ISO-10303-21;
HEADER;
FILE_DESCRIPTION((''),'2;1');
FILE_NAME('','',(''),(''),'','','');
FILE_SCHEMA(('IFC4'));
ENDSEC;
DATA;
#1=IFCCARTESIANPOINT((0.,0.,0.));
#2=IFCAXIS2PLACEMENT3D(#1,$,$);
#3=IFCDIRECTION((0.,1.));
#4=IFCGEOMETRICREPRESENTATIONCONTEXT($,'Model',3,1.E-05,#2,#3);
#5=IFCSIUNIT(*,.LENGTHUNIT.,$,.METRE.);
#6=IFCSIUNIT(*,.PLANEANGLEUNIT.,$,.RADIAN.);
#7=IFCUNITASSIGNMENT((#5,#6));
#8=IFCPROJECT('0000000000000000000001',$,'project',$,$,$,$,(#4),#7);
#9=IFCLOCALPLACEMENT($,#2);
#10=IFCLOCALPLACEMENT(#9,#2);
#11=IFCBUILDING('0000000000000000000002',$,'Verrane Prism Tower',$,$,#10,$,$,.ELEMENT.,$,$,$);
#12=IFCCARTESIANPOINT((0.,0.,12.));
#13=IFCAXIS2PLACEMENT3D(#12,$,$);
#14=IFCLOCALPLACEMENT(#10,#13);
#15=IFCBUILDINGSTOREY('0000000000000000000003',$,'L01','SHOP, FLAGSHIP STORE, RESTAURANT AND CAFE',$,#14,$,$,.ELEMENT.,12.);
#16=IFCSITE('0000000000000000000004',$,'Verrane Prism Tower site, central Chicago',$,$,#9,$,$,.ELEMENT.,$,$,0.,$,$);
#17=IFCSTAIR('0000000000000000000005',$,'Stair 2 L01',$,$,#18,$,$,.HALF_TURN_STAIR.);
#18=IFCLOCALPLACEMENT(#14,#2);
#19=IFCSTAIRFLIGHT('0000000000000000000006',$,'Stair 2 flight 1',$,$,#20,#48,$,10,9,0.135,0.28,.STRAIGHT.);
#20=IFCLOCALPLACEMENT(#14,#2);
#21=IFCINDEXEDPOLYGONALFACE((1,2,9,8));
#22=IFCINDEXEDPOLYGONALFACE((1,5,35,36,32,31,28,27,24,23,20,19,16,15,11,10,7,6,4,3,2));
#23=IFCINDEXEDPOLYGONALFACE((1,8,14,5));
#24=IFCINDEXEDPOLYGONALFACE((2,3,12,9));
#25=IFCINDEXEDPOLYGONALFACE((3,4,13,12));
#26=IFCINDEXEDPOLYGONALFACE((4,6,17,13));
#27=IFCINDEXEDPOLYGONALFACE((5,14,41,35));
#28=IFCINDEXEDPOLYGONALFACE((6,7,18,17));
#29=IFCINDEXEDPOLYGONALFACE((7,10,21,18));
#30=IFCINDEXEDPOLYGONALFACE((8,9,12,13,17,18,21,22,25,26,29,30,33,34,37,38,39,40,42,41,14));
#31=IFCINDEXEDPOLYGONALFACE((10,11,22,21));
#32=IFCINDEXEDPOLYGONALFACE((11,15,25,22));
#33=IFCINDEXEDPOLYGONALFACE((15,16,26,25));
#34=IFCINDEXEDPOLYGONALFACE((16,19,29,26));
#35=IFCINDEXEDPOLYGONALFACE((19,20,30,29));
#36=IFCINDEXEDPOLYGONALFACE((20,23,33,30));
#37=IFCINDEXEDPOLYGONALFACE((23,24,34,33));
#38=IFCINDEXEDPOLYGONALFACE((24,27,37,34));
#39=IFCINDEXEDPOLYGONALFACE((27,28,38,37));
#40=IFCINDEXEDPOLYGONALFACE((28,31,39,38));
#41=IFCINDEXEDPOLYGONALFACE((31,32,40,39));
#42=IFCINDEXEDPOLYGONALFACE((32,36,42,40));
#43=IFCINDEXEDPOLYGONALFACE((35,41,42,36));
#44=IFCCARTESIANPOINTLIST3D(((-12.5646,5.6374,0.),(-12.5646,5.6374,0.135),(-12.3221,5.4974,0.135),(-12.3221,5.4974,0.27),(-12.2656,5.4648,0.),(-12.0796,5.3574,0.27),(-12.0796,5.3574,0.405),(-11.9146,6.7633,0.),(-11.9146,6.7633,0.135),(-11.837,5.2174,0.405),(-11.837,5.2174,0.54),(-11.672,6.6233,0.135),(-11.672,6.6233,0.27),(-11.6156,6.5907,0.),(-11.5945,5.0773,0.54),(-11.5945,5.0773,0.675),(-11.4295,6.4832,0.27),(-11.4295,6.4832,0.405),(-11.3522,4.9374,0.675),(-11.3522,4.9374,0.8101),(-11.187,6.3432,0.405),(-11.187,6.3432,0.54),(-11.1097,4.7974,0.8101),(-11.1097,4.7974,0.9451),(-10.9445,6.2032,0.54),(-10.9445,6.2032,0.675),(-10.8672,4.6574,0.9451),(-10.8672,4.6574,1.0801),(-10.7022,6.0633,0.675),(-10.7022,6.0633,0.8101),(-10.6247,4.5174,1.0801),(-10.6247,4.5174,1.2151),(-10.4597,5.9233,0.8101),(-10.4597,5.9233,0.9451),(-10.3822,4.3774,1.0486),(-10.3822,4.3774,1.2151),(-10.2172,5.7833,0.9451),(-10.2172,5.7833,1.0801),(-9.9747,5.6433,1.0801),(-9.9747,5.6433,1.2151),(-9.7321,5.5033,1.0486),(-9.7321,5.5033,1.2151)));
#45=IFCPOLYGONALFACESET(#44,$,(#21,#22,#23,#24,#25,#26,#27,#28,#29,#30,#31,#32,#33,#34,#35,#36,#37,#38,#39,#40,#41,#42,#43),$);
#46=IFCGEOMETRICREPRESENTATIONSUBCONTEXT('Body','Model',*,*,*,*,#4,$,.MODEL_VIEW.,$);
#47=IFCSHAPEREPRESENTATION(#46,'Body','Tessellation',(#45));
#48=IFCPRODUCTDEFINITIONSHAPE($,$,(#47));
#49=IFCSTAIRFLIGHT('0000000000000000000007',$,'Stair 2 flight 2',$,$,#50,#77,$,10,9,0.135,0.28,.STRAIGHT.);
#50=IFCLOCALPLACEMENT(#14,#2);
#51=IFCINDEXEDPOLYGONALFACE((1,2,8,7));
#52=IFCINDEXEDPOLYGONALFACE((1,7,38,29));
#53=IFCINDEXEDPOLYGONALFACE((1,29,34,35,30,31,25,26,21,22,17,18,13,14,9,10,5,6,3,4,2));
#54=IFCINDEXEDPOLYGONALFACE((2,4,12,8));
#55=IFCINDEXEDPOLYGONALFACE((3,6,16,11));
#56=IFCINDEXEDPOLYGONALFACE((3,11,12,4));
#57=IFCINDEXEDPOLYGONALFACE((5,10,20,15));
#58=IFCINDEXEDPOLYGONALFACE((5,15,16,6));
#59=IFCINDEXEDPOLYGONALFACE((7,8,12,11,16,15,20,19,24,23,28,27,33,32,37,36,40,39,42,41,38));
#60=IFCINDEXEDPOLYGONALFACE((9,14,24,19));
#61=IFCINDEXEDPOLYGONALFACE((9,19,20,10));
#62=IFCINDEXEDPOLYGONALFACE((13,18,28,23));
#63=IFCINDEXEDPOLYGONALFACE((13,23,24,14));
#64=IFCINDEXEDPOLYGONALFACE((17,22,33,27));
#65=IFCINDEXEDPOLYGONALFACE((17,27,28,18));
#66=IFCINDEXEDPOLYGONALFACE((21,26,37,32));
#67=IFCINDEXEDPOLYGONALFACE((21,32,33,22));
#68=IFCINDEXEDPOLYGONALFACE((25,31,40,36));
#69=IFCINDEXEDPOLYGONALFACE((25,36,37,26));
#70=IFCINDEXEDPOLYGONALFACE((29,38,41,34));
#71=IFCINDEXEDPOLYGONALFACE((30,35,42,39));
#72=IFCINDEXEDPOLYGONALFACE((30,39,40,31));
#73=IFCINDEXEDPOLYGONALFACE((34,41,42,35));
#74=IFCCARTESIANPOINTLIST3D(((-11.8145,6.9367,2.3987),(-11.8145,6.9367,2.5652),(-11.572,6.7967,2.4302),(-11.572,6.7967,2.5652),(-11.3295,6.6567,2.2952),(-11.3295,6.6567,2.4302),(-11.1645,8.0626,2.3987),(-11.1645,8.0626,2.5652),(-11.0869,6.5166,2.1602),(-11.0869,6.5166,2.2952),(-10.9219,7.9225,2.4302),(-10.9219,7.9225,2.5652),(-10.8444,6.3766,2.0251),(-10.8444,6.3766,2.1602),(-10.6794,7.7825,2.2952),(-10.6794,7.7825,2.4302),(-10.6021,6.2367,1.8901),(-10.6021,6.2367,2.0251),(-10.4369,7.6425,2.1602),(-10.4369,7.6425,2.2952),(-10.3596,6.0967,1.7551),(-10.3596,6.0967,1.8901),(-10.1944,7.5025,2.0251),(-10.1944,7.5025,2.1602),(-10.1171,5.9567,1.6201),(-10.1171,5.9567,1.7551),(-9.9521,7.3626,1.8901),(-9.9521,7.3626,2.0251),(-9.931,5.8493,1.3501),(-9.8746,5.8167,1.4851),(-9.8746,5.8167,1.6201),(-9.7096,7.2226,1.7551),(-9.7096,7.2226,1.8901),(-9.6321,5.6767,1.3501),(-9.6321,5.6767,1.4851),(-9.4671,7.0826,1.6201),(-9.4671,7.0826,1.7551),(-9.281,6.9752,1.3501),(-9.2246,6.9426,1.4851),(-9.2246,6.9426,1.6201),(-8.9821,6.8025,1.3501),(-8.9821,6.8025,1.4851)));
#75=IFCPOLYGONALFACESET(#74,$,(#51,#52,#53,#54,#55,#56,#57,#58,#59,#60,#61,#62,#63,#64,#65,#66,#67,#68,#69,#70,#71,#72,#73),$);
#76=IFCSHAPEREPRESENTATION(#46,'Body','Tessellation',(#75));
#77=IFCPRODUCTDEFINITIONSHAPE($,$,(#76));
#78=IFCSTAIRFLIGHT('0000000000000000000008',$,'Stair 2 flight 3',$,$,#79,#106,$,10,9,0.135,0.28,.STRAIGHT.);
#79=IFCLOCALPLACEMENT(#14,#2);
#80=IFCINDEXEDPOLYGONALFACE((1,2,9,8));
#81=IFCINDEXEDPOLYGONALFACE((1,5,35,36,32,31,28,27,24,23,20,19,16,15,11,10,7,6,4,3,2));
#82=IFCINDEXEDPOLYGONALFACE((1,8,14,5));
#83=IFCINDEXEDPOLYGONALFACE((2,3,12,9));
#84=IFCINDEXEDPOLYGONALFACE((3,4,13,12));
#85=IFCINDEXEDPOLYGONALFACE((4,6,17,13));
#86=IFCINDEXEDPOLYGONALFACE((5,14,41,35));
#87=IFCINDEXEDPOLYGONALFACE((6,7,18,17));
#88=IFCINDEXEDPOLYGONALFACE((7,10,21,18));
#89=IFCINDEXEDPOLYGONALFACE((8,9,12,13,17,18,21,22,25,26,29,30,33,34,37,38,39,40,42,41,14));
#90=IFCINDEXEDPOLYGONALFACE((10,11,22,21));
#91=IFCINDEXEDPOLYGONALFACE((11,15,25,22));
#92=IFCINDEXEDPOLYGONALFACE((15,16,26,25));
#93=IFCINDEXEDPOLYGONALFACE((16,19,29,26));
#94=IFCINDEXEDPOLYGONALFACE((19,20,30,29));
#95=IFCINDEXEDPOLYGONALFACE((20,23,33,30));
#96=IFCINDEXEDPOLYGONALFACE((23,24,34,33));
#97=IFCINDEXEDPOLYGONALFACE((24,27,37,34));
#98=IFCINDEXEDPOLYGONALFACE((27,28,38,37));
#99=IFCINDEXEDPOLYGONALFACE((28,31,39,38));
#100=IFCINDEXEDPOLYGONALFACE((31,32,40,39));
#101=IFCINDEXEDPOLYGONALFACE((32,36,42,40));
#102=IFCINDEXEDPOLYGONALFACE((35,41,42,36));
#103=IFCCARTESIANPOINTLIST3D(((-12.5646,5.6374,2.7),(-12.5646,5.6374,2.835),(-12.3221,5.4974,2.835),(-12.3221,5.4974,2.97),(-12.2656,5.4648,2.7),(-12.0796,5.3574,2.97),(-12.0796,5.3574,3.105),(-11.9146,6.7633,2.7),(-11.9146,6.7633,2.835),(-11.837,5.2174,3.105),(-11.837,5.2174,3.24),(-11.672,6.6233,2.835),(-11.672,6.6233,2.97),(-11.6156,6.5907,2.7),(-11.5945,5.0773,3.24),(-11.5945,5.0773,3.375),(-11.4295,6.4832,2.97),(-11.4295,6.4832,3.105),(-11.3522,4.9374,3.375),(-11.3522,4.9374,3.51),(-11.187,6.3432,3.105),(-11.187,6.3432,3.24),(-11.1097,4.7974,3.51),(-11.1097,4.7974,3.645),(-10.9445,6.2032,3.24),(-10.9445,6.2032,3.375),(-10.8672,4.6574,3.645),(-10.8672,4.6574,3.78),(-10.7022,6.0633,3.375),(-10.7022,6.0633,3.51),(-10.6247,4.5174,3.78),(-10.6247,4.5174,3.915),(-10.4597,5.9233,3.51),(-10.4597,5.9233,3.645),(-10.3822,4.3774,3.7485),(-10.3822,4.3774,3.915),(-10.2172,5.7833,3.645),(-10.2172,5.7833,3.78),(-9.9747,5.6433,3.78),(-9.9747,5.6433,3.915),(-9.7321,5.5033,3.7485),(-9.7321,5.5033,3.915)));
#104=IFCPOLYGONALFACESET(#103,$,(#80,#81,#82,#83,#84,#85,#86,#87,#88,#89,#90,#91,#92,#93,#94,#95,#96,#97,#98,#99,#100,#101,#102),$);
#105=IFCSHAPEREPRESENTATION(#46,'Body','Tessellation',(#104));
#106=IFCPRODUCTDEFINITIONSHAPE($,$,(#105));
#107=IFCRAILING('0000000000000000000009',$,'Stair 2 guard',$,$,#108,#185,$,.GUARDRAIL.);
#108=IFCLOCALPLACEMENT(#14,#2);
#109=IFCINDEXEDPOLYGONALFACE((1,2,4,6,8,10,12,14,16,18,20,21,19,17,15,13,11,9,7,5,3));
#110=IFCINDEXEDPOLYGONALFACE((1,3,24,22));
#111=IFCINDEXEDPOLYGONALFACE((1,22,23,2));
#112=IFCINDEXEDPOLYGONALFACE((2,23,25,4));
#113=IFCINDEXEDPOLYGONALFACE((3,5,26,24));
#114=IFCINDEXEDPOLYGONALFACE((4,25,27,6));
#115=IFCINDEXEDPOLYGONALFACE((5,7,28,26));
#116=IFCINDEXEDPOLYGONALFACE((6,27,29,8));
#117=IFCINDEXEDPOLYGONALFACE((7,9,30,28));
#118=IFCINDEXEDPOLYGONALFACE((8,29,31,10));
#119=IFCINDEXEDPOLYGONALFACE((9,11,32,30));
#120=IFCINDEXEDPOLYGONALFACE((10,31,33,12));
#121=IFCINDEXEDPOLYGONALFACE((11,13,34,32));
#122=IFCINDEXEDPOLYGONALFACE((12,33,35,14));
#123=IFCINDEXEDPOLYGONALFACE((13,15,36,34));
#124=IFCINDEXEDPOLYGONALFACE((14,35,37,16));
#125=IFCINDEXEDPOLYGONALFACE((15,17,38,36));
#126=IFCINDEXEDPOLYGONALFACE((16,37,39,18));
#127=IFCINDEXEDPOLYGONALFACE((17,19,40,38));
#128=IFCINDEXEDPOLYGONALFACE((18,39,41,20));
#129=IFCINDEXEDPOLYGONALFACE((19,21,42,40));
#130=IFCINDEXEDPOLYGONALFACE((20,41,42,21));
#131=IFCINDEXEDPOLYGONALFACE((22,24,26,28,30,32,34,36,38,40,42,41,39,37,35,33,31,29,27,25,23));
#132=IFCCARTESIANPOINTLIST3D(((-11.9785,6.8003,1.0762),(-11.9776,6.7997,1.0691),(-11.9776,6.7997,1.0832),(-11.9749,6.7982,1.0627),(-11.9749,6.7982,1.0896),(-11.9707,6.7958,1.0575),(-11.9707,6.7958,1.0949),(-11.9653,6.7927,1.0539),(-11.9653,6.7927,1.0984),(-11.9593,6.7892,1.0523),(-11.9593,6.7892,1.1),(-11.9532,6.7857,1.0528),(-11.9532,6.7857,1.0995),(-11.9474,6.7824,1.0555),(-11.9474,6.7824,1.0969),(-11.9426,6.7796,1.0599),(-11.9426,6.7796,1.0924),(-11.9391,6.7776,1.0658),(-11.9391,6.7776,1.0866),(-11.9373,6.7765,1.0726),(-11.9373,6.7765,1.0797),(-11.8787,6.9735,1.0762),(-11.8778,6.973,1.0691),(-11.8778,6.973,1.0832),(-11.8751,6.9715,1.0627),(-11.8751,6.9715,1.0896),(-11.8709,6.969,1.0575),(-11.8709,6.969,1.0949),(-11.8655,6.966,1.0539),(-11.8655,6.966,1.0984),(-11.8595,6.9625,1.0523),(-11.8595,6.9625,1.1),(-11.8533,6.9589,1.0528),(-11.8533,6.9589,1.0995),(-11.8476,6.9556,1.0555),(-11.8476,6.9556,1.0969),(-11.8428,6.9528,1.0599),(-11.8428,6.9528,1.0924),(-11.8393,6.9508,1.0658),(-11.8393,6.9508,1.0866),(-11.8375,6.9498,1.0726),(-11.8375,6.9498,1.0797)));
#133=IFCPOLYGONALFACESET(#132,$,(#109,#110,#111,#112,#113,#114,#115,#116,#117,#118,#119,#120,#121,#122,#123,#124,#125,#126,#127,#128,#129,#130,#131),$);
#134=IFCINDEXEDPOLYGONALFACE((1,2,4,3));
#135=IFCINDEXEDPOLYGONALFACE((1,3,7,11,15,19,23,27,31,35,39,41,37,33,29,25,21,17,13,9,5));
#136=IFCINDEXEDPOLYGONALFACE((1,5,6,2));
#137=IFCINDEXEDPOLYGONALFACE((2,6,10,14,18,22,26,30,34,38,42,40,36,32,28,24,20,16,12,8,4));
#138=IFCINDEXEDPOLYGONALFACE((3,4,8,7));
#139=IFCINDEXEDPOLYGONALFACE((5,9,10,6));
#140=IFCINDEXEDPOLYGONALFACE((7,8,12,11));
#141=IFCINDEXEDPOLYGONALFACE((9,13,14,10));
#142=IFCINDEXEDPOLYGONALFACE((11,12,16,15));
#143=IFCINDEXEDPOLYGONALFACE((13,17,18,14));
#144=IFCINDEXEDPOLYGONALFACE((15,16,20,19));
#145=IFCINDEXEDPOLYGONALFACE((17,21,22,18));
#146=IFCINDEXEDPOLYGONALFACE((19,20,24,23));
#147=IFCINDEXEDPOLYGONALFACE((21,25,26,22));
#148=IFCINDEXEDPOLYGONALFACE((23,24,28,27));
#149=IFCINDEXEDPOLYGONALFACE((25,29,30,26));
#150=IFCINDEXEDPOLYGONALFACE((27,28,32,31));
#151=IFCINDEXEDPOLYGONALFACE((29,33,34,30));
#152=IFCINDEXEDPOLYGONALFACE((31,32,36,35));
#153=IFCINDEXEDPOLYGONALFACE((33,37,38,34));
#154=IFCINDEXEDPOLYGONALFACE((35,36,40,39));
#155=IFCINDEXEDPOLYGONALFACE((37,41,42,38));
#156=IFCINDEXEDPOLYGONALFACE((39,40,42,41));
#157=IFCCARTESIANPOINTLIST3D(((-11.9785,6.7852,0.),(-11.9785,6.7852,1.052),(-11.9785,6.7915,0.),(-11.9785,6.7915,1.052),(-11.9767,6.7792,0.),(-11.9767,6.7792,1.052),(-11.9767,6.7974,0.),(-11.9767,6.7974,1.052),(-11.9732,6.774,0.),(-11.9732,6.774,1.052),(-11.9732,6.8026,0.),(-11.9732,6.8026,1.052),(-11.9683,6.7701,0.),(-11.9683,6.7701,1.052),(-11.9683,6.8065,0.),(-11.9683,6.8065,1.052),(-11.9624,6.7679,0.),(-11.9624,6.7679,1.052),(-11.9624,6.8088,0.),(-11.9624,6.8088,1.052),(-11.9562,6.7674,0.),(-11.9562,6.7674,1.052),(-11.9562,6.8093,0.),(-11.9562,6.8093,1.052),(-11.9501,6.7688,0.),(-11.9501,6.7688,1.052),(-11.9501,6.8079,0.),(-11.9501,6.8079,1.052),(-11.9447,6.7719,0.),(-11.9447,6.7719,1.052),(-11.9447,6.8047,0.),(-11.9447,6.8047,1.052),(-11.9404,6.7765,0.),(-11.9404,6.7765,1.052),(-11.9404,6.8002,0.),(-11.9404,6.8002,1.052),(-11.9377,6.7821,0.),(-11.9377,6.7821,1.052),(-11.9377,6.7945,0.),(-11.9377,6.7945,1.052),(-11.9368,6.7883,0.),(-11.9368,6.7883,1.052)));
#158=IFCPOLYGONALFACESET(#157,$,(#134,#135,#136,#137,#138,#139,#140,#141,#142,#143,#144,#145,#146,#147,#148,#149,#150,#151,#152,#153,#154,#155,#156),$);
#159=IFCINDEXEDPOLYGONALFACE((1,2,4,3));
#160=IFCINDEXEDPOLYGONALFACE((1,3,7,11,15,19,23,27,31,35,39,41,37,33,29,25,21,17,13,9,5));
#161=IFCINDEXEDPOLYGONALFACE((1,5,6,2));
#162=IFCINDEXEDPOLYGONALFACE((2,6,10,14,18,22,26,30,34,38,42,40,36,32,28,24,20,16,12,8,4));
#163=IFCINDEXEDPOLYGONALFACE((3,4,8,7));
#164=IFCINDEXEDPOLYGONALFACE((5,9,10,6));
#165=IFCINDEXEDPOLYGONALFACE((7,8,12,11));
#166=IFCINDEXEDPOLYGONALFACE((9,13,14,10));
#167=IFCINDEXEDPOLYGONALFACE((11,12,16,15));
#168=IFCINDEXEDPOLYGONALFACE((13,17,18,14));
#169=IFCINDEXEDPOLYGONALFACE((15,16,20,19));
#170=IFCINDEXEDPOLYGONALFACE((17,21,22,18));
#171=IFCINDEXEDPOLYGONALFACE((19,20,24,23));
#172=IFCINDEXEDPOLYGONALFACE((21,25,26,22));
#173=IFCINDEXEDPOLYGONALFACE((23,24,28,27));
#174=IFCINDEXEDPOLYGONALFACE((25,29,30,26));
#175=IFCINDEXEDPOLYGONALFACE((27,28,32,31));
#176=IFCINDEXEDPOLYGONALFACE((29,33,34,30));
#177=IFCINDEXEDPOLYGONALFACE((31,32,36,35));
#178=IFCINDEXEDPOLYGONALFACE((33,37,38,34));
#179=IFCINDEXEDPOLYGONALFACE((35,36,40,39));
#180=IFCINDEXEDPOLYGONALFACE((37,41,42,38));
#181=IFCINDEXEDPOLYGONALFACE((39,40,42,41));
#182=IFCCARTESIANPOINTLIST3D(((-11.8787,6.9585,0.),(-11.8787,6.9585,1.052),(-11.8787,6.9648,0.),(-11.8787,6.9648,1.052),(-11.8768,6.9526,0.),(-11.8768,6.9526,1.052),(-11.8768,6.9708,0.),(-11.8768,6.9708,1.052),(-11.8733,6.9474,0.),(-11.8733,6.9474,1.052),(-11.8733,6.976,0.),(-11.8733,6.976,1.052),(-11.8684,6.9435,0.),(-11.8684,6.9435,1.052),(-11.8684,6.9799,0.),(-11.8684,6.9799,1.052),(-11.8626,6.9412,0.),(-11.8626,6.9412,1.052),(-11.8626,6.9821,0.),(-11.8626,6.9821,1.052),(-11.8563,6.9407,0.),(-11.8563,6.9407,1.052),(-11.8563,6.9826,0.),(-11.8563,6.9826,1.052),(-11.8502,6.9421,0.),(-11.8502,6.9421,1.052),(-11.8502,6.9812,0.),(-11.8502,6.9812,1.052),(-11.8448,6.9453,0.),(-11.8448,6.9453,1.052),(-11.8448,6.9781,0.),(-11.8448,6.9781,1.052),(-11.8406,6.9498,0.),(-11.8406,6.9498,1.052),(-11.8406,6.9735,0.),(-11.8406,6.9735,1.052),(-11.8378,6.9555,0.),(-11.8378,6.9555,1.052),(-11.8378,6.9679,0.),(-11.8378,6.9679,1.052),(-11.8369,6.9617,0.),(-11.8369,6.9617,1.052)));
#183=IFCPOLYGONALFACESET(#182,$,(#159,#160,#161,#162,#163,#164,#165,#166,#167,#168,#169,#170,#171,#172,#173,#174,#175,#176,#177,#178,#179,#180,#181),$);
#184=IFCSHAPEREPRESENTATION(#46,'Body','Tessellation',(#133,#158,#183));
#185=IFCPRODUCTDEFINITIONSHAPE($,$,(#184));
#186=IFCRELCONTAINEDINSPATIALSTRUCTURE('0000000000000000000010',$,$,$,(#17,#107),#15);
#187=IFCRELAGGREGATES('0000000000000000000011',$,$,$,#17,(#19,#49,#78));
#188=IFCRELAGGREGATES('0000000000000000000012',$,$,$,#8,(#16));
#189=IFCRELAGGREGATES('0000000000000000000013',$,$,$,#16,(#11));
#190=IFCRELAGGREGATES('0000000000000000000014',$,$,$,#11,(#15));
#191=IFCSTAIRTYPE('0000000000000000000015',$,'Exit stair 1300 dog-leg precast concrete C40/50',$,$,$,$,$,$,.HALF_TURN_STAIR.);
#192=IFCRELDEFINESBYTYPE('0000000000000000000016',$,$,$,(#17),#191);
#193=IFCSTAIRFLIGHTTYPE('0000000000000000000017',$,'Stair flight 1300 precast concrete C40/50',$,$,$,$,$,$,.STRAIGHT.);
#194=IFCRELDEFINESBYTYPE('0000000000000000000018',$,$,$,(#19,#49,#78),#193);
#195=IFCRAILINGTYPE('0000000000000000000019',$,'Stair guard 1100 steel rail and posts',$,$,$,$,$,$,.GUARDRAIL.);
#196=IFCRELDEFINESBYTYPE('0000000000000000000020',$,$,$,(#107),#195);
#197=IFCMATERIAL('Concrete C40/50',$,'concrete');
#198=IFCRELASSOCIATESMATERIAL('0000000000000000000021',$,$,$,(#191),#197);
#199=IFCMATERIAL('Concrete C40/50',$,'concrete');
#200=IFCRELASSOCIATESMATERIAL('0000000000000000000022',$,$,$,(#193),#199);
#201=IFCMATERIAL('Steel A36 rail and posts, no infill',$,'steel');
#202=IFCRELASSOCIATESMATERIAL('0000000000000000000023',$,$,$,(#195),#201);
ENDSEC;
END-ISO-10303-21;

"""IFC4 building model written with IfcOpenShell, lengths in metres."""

from ifc_helpers import new_model, si_unit, direction, frame, origin, origin_2d, place, context, subcontext, project, spatial, polyline, circle, outline, extrude, material, type_object, element, aggregate, save


model = new_model("IFC4")

# Units and contexts
model_context = context("Model", 3, precision=1e-05, world=origin(), true_north=direction((0.0, 1.0)))
body_context = subcontext(model_context, "Body", "Model", "MODEL_VIEW")
ifc_project = project(units=[si_unit("LENGTHUNIT", "METRE"), si_unit("PLANEANGLEUNIT", "RADIAN")], contexts=[model_context])

# Site, building, storey
site_placement = place(None, origin())
site = spatial("IfcSite", under=ifc_project, at=site_placement, Name="Verrane Prism Tower site, central Chicago", CompositionType="ELEMENT", RefElevation=0.0)
building_placement = place(site_placement, origin())
building = spatial("IfcBuilding", under=site, at=building_placement, Name="Verrane Prism Tower", CompositionType="ELEMENT")
storey_placement = place(building_placement, frame((0.0, 0.0, 12.0)))
storey = spatial("IfcBuildingStorey", under=building, at=storey_placement, Name="L01", Description="SHOP, FLAGSHIP STORE, RESTAURANT AND CAFE", CompositionType="ELEMENT", Elevation=12.0)

# Stair, stair flights
ifc_material_1 = material(Name="Concrete C40/50", Category="concrete")
stair_type = type_object("IfcStairType", Name="Exit stair 1300 dog-leg precast concrete C40/50", PredefinedType="HALF_TURN_STAIR", material=ifc_material_1)
stair_placement = place(storey_placement, origin())
stair = element("IfcStair", 1, at=stair_placement, inside=storey, type_object=stair_type, Name="Stair 2 L01", PredefinedType="HALF_TURN_STAIR")
ifc_material_2 = material(Name="Concrete C40/50", Category="concrete")
stair_flight_type = type_object("IfcStairFlightType", Name="Stair flight 1300 precast concrete C40/50", PredefinedType="STRAIGHT", material=ifc_material_2)
stair_flight_1_placement = place(storey_placement, frame((-12.2395, 6.2004, 0.0), z_axis=(0.0, 0.0, 1.0), x_axis=(0.866025, -0.5, 0.0)))
stair_flight_1 = element("IfcStairFlight", 2, at=stair_flight_1_placement, type_object=stair_flight_type, Name="Stair 2 flight 1", NumberOfRisers=10, NumberOfTreads=9, PredefinedType="STRAIGHT", RiserHeight=0.135, TreadLength=0.28, context=body_context, shape_type="SweptSolid", body=[
    extrude(outline(polyline([(0.0, 0.0), (0.0, 0.135), (0.28, 0.135), (0.28, 0.27), (0.5601, 0.27), (0.5601, 0.405), (0.8401, 0.405), (0.8401, 0.54), (1.1201, 0.54), (1.1201, 0.675), (1.3999, 0.675), (1.3999, 0.8101), (1.6799, 0.8101), (1.6799, 0.9451), (1.96, 0.9451), (1.96, 1.0801), (2.24, 1.0801), (2.24, 1.2151), (2.52, 1.2151), (2.52, 1.3501), (2.52, 1.0486), (0.3452, 0.0), (0.0, 0.0)])), frame((0.0, 0.6499, 0.0), z_axis=(0.0, -1.0, 0.0), x_axis=(1.0, 0.0, 0.0)), (0.0, 0.0, 1.0), 1.3),
])
stair_flight_2_placement = place(storey_placement, frame((-9.3071, 6.2395, 1.3501), z_axis=(0.0, 0.0, 1.0), x_axis=(-0.866025, 0.5, 0.0)))
stair_flight_2 = element("IfcStairFlight", 3, at=stair_flight_2_placement, type_object=stair_flight_type, Name="Stair 2 flight 2", NumberOfRisers=10, NumberOfTreads=9, PredefinedType="STRAIGHT", RiserHeight=0.135, TreadLength=0.28, context=body_context, shape_type="SweptSolid", body=[
    extrude(outline(polyline([(0.0, 0.0), (0.0, 0.135), (0.28, 0.135), (0.28, 0.27), (0.5601, 0.27), (0.5601, 0.405), (0.8401, 0.405), (0.8401, 0.54), (1.1201, 0.54), (1.1201, 0.675), (1.3999, 0.675), (1.3999, 0.8101), (1.6799, 0.8101), (1.6799, 0.9451), (1.96, 0.9451), (1.96, 1.0801), (2.24, 1.0801), (2.24, 1.2151), (2.52, 1.2151), (2.52, 1.3501), (2.52, 1.0486), (0.3452, 0.0), (0.0, 0.0)])), frame((0.0, 0.6499, 0.0), z_axis=(0.0, -1.0, 0.0), x_axis=(1.0, 0.0, 0.0)), (0.0, 0.0, 1.0), 1.3),
])
stair_flight_3_placement = place(storey_placement, frame((-12.2395, 6.2004, 2.7), z_axis=(0.0, 0.0, 1.0), x_axis=(0.866025, -0.5, 0.0)))
stair_flight_3 = element("IfcStairFlight", 4, at=stair_flight_3_placement, type_object=stair_flight_type, Name="Stair 2 flight 3", NumberOfRisers=10, NumberOfTreads=9, PredefinedType="STRAIGHT", RiserHeight=0.135, TreadLength=0.28, context=body_context, shape_type="SweptSolid", body=[
    extrude(outline(polyline([(0.0, 0.0), (0.0, 0.135), (0.28, 0.135), (0.28, 0.27), (0.5601, 0.27), (0.5601, 0.405), (0.8401, 0.405), (0.8401, 0.54), (1.1201, 0.54), (1.1201, 0.675), (1.3999, 0.675), (1.3999, 0.8101), (1.6799, 0.8101), (1.6799, 0.9451), (1.96, 0.9451), (1.96, 1.0801), (2.24, 1.0801), (2.24, 1.2151), (2.52, 1.2151), (2.52, 1.3501), (2.52, 1.0486), (0.3452, 0.0), (0.0, 0.0)])), frame((0.0, 0.6499, 0.0), z_axis=(0.0, -1.0, 0.0), x_axis=(1.0, 0.0, 0.0)), (0.0, 0.0, 1.0), 1.3),
])
aggregate(stair, [stair_flight_1, stair_flight_2, stair_flight_3])

# Railing
ifc_material_3 = material(Name="Steel A36 rail and posts, no infill", Category="steel")
railing_type_1 = type_object("IfcRailingType", Name="Stair guard 1100 steel rail and posts", PredefinedType="GUARDRAIL", material=ifc_material_3)
railing_1_placement = place(storey_placement, frame((-11.9578, 6.7883, 0.0)))
element("IfcRailing", 5, at=railing_1_placement, inside=storey, type_object=railing_type_1, Name="Stair 2 guard", PredefinedType="GUARDRAIL", context=body_context, shape_type="SweptSolid", body=[
    extrude(circle(Radius=0.0239, at=origin_2d()), frame((0.0, 0.0, 1.0762), z_axis=(0.499159, 0.86651, 0.0), x_axis=(-0.86651, 0.499159, 0.0)), (0.0, 0.0, 1.0), 0.2),
    extrude(circle(Radius=0.021, at=origin_2d()), origin(), (0.0, 0.0, 1.0), 1.052),
    extrude(circle(Radius=0.021, at=origin_2d()), frame((0.0999, 0.1733, 0.0)), (0.0, 0.0, 1.0), 1.052),
])

save(model, "model.ifc")
